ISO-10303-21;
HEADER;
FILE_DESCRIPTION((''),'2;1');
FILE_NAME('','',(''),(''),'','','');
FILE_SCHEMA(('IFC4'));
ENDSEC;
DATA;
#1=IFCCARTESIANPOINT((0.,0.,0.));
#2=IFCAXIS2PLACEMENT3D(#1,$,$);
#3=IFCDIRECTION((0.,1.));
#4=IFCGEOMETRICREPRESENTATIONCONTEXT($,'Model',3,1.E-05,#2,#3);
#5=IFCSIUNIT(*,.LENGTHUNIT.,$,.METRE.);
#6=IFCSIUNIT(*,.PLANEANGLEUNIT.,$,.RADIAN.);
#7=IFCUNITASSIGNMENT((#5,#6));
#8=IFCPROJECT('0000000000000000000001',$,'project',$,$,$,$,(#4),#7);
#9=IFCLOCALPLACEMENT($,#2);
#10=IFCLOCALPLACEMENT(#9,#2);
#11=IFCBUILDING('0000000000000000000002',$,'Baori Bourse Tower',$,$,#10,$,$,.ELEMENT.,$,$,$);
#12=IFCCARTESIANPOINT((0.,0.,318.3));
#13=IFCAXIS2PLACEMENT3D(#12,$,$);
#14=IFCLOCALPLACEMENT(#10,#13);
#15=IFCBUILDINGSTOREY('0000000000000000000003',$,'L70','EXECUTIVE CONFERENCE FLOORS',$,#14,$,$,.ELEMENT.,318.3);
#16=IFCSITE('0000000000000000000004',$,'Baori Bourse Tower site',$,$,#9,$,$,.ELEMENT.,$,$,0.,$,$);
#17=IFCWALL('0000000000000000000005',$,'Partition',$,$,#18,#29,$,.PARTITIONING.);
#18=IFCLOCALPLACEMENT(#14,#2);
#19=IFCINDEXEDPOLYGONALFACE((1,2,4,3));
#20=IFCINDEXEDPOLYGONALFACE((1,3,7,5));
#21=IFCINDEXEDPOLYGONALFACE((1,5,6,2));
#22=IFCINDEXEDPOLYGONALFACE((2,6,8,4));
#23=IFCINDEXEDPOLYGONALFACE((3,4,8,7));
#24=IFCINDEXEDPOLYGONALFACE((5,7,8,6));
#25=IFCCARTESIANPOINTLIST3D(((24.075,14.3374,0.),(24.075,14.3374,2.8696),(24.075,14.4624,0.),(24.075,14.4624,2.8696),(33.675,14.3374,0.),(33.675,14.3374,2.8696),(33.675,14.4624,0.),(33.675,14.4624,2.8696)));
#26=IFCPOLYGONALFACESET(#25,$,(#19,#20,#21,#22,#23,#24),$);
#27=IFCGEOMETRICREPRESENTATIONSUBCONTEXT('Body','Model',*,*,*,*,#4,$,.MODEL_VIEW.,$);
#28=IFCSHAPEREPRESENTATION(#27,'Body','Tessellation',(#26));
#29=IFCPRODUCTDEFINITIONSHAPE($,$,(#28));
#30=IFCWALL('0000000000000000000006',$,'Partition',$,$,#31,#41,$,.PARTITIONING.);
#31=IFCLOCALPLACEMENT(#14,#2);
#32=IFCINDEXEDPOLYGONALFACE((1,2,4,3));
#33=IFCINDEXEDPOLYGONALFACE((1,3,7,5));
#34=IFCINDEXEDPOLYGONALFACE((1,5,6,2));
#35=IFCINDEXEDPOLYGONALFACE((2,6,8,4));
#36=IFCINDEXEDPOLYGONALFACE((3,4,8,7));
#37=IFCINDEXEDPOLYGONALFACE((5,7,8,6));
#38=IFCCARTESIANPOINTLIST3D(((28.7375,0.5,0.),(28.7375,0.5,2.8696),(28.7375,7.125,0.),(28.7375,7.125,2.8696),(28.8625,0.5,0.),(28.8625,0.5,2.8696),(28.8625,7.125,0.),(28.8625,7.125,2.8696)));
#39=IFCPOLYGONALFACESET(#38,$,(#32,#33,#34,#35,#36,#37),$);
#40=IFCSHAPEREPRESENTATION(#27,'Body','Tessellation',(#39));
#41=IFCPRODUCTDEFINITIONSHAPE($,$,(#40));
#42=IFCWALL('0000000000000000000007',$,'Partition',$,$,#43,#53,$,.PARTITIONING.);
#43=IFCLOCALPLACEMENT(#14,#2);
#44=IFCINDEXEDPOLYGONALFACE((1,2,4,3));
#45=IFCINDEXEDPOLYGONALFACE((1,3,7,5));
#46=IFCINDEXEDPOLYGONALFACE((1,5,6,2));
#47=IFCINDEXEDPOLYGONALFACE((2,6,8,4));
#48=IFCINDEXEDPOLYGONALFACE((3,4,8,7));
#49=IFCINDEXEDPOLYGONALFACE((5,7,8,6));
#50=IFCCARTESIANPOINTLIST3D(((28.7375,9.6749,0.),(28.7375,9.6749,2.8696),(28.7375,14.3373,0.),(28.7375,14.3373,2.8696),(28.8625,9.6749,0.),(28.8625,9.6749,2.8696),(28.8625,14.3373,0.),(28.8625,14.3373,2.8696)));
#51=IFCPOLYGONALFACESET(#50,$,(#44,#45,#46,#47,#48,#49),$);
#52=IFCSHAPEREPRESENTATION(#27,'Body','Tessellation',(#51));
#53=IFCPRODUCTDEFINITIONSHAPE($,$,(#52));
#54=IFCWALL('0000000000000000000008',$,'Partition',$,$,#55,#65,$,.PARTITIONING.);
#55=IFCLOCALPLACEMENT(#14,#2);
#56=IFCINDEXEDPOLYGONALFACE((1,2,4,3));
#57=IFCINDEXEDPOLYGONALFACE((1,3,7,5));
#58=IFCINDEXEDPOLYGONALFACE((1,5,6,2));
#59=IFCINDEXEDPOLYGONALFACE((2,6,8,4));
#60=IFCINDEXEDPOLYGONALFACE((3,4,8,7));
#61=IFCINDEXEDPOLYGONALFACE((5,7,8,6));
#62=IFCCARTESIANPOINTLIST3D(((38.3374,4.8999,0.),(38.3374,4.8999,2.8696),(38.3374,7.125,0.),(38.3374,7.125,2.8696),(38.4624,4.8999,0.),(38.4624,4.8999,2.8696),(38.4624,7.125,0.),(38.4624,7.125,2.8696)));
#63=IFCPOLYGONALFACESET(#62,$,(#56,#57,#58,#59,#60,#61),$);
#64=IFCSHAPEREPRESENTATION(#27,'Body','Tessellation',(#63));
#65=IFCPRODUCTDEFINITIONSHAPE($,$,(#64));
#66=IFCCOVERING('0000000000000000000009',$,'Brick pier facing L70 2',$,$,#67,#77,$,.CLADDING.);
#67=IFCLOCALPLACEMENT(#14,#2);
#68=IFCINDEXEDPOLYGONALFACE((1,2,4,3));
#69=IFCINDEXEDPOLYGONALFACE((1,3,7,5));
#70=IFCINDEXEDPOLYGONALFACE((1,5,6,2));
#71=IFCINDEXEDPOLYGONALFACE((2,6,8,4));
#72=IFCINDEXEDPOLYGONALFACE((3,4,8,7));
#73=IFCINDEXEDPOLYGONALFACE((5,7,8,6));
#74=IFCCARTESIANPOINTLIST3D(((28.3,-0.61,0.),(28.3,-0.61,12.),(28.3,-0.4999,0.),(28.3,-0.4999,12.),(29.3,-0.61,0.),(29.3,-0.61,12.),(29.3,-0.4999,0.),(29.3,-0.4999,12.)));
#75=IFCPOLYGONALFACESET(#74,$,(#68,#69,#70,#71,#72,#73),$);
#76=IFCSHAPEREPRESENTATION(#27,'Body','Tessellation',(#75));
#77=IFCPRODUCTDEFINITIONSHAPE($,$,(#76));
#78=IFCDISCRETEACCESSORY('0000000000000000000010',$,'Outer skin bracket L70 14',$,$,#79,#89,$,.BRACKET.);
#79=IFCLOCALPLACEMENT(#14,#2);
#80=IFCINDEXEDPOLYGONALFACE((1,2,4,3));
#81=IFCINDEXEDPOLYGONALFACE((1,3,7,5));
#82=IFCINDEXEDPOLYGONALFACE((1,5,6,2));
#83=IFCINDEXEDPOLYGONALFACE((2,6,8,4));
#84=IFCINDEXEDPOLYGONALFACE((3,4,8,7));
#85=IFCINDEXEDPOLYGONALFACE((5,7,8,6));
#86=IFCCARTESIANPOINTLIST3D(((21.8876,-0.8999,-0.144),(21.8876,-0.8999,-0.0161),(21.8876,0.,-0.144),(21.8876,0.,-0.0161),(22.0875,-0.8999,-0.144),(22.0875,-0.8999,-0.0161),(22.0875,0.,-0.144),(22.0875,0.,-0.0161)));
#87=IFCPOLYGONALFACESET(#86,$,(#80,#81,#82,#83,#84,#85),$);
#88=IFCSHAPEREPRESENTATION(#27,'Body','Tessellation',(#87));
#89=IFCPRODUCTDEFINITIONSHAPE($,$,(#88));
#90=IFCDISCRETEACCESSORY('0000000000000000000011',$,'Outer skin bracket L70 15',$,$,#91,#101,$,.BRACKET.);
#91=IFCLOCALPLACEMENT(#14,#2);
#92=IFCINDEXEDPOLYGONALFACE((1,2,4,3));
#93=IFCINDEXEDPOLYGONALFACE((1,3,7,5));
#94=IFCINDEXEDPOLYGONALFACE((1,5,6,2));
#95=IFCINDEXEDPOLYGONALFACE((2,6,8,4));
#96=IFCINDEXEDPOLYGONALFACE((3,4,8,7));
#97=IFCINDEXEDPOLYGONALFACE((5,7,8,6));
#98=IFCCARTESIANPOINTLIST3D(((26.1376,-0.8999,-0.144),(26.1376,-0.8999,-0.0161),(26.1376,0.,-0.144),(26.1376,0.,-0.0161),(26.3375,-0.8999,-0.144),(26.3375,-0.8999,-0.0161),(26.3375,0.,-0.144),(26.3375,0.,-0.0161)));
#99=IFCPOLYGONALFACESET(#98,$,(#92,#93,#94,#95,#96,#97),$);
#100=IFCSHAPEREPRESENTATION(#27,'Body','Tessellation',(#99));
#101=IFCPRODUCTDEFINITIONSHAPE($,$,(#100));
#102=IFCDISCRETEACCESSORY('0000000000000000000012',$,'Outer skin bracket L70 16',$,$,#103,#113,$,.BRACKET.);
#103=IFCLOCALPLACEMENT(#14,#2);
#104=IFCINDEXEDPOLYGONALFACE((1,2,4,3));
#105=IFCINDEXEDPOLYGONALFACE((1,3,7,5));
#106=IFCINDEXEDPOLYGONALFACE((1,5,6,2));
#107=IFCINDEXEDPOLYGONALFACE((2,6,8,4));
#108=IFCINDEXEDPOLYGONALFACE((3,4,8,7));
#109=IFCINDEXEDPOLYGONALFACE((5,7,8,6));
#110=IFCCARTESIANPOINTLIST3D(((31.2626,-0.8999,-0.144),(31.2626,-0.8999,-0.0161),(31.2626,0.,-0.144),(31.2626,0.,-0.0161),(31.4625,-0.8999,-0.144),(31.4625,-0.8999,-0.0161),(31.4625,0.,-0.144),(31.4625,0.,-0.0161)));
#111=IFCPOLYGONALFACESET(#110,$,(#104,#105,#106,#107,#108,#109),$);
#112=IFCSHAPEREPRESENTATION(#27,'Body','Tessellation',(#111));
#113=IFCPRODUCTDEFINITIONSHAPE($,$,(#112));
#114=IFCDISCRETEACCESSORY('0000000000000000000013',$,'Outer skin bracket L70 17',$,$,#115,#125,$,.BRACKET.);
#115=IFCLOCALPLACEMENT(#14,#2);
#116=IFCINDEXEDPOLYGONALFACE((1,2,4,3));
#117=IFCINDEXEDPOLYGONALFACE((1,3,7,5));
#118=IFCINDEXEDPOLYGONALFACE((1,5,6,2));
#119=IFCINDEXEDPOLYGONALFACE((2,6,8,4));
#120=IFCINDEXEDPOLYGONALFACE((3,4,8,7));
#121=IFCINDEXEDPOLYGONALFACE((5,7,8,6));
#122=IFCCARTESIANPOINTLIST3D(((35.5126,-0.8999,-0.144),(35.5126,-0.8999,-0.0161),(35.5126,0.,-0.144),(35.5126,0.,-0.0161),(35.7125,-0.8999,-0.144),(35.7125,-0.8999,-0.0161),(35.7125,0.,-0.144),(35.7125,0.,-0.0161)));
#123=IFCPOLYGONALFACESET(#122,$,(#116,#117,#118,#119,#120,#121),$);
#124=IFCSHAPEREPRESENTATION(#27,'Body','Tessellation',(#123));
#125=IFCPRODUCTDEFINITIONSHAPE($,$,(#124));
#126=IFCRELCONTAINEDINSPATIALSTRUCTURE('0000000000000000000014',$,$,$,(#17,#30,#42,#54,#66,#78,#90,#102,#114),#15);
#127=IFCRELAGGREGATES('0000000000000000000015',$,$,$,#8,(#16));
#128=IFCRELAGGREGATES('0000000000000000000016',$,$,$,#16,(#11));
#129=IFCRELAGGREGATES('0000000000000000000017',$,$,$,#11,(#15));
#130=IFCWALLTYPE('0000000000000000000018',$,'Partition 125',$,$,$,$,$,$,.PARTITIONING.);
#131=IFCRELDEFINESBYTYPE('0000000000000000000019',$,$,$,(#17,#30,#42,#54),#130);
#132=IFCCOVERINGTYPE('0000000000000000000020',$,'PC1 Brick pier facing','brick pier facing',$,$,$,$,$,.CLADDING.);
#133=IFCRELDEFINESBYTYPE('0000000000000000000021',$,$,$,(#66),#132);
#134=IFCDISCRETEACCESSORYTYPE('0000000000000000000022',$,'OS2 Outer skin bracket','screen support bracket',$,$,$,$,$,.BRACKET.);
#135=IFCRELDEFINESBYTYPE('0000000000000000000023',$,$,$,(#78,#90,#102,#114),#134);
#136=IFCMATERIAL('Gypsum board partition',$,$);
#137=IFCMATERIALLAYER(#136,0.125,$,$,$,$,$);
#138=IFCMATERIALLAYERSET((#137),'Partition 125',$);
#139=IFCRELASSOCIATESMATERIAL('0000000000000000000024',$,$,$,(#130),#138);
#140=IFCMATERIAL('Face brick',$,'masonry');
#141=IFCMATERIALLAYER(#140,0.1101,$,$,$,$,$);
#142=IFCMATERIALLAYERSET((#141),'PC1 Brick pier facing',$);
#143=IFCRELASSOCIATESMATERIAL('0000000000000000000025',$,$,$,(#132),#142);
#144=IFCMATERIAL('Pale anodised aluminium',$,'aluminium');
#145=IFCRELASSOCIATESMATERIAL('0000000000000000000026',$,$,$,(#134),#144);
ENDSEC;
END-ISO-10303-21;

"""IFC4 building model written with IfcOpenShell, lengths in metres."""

from ifc_helpers import new_model, si_unit, direction, frame, frame_2d, origin, origin_2d, place, context, subcontext, project, spatial, rectangle, extrude, material, layer, layer_set, type_object, element, save


model = new_model("IFC4")

# Units and contexts
model_context = context("Model", 3, precision=1e-05, world=origin(), true_north=direction((0.0, 1.0)))
body_context = subcontext(model_context, "Body", "Model", "MODEL_VIEW")
ifc_project = project(units=[si_unit("LENGTHUNIT", "METRE"), si_unit("PLANEANGLEUNIT", "RADIAN")], contexts=[model_context])

# Site, building, storey
site_placement = place(None, origin())
site = spatial("IfcSite", under=ifc_project, at=site_placement, Name="Baori Bourse Tower site", CompositionType="ELEMENT", RefElevation=0.0)
building_placement = place(site_placement, origin())
building = spatial("IfcBuilding", under=site, at=building_placement, Name="Baori Bourse Tower", CompositionType="ELEMENT")
storey_placement = place(building_placement, frame((0.0, 0.0, 318.3)))
storey = spatial("IfcBuildingStorey", under=building, at=storey_placement, Name="L70", Description="EXECUTIVE CONFERENCE FLOORS", CompositionType="ELEMENT", Elevation=318.3)

# Walls
ifc_material_1 = material(Name="Gypsum board partition")
ifc_layer_1 = layer(ifc_material_1, 0.125)
ifc_layer_set_1 = layer_set([ifc_layer_1], Name="Partition 125")
wall_type_1 = type_object("IfcWallType", Name="Partition 125", PredefinedType="PARTITIONING", material=ifc_layer_set_1)
wall_1_placement = place(storey_placement, frame((24.075, 14.3999, 0.0), z_axis=(0.0, 0.0, 1.0), x_axis=(1.0, 0.0, 0.0)))
element("IfcWall", 1, at=wall_1_placement, inside=storey, type_object=wall_type_1, Name="Partition", PredefinedType="PARTITIONING", context=body_context, shape_type="SweptSolid", body=[
    extrude(rectangle(XDim=9.6001, YDim=0.125, at=frame_2d((4.8, 0.0))), origin(), (0.0, 0.0, 1.0), 2.8696),
])
wall_2_placement = place(storey_placement, frame((28.8, 0.5, 0.0), z_axis=(0.0, 0.0, 1.0), x_axis=(0.0, 1.0, 0.0)))
element("IfcWall", 2, at=wall_2_placement, inside=storey, type_object=wall_type_1, Name="Partition", PredefinedType="PARTITIONING", context=body_context, shape_type="SweptSolid", body=[
    extrude(rectangle(XDim=6.625, YDim=0.125, at=frame_2d((3.3125, 0.0))), origin(), (0.0, 0.0, 1.0), 2.8696),
])
wall_3_placement = place(storey_placement, frame((28.8, 9.675, 0.0), z_axis=(0.0, 0.0, 1.0), x_axis=(0.0, 1.0, 0.0)))
element("IfcWall", 3, at=wall_3_placement, inside=storey, type_object=wall_type_1, Name="Partition", PredefinedType="PARTITIONING", context=body_context, shape_type="SweptSolid", body=[
    extrude(rectangle(XDim=4.6624, YDim=0.125, at=frame_2d((2.3311, 0.0))), origin(), (0.0, 0.0, 1.0), 2.8696),
])
wall_4_placement = place(storey_placement, frame((38.3999, 4.8999, 0.0), z_axis=(0.0, 0.0, 1.0), x_axis=(0.0, 1.0, 0.0)))
element("IfcWall", 4, at=wall_4_placement, inside=storey, type_object=wall_type_1, Name="Partition", PredefinedType="PARTITIONING", context=body_context, shape_type="SweptSolid", body=[
    extrude(rectangle(XDim=2.2251, YDim=0.125, at=frame_2d((1.1125, 0.0))), origin(), (0.0, 0.0, 1.0), 2.8696),
])

# Covering
ifc_material_2 = material(Name="Face brick", Category="masonry")
ifc_layer_2 = layer(ifc_material_2, 0.1101)
ifc_layer_set_2 = layer_set([ifc_layer_2], Name="PC1 Brick pier facing")
covering_type = type_object("IfcCoveringType", Name="PC1 Brick pier facing", Description="brick pier facing", PredefinedType="CLADDING", material=ifc_layer_set_2)
covering_placement = place(storey_placement, frame((28.8, -0.5549, 0.0), z_axis=(0.0, 0.0, 1.0), x_axis=(1.0, 0.0, 0.0)))
element("IfcCovering", 5, at=covering_placement, inside=storey, type_object=covering_type, Name="Brick pier facing L70 2", PredefinedType="CLADDING", context=body_context, shape_type="SweptSolid", body=[
    extrude(rectangle(XDim=1.0, YDim=0.1101, at=origin_2d()), origin(), (0.0, 0.0, 1.0), 12.0),
])

# Discrete accessories
ifc_material_3 = material(Name="Pale anodised aluminium", Category="aluminium")
discrete_accessory_type = type_object("IfcDiscreteAccessoryType", Name="OS2 Outer skin bracket", Description="screen support bracket", PredefinedType="BRACKET", material=ifc_material_3)
for number, where, z_axis, x_axis, name in (
    (6, (21.9875, -0.45, -0.144), (0.0, 0.0, 1.0), (1.0, 0.0, 0.0), "Outer skin bracket L70 14"),
    (7, (26.2375, -0.45, -0.144), (0.0, 0.0, 1.0), (1.0, 0.0, 0.0), "Outer skin bracket L70 15"),
    (8, (31.3625, -0.45, -0.144), (0.0, 0.0, 1.0), (1.0, 0.0, 0.0), "Outer skin bracket L70 16"),
    (9, (35.6125, -0.45, -0.144), (0.0, 0.0, 1.0), (1.0, 0.0, 0.0), "Outer skin bracket L70 17"),
):
    element("IfcDiscreteAccessory", number, at=place(storey_placement, frame(where, z_axis=z_axis, x_axis=x_axis)), inside=storey, type_object=discrete_accessory_type, Name=name, PredefinedType="BRACKET", context=body_context, shape_type="SweptSolid", body=[
        extrude(rectangle(XDim=0.2, YDim=0.8999, at=origin_2d()), origin(), (0.0, 0.0, 1.0), 0.1279),
    ])

save(model, "model.ifc")
